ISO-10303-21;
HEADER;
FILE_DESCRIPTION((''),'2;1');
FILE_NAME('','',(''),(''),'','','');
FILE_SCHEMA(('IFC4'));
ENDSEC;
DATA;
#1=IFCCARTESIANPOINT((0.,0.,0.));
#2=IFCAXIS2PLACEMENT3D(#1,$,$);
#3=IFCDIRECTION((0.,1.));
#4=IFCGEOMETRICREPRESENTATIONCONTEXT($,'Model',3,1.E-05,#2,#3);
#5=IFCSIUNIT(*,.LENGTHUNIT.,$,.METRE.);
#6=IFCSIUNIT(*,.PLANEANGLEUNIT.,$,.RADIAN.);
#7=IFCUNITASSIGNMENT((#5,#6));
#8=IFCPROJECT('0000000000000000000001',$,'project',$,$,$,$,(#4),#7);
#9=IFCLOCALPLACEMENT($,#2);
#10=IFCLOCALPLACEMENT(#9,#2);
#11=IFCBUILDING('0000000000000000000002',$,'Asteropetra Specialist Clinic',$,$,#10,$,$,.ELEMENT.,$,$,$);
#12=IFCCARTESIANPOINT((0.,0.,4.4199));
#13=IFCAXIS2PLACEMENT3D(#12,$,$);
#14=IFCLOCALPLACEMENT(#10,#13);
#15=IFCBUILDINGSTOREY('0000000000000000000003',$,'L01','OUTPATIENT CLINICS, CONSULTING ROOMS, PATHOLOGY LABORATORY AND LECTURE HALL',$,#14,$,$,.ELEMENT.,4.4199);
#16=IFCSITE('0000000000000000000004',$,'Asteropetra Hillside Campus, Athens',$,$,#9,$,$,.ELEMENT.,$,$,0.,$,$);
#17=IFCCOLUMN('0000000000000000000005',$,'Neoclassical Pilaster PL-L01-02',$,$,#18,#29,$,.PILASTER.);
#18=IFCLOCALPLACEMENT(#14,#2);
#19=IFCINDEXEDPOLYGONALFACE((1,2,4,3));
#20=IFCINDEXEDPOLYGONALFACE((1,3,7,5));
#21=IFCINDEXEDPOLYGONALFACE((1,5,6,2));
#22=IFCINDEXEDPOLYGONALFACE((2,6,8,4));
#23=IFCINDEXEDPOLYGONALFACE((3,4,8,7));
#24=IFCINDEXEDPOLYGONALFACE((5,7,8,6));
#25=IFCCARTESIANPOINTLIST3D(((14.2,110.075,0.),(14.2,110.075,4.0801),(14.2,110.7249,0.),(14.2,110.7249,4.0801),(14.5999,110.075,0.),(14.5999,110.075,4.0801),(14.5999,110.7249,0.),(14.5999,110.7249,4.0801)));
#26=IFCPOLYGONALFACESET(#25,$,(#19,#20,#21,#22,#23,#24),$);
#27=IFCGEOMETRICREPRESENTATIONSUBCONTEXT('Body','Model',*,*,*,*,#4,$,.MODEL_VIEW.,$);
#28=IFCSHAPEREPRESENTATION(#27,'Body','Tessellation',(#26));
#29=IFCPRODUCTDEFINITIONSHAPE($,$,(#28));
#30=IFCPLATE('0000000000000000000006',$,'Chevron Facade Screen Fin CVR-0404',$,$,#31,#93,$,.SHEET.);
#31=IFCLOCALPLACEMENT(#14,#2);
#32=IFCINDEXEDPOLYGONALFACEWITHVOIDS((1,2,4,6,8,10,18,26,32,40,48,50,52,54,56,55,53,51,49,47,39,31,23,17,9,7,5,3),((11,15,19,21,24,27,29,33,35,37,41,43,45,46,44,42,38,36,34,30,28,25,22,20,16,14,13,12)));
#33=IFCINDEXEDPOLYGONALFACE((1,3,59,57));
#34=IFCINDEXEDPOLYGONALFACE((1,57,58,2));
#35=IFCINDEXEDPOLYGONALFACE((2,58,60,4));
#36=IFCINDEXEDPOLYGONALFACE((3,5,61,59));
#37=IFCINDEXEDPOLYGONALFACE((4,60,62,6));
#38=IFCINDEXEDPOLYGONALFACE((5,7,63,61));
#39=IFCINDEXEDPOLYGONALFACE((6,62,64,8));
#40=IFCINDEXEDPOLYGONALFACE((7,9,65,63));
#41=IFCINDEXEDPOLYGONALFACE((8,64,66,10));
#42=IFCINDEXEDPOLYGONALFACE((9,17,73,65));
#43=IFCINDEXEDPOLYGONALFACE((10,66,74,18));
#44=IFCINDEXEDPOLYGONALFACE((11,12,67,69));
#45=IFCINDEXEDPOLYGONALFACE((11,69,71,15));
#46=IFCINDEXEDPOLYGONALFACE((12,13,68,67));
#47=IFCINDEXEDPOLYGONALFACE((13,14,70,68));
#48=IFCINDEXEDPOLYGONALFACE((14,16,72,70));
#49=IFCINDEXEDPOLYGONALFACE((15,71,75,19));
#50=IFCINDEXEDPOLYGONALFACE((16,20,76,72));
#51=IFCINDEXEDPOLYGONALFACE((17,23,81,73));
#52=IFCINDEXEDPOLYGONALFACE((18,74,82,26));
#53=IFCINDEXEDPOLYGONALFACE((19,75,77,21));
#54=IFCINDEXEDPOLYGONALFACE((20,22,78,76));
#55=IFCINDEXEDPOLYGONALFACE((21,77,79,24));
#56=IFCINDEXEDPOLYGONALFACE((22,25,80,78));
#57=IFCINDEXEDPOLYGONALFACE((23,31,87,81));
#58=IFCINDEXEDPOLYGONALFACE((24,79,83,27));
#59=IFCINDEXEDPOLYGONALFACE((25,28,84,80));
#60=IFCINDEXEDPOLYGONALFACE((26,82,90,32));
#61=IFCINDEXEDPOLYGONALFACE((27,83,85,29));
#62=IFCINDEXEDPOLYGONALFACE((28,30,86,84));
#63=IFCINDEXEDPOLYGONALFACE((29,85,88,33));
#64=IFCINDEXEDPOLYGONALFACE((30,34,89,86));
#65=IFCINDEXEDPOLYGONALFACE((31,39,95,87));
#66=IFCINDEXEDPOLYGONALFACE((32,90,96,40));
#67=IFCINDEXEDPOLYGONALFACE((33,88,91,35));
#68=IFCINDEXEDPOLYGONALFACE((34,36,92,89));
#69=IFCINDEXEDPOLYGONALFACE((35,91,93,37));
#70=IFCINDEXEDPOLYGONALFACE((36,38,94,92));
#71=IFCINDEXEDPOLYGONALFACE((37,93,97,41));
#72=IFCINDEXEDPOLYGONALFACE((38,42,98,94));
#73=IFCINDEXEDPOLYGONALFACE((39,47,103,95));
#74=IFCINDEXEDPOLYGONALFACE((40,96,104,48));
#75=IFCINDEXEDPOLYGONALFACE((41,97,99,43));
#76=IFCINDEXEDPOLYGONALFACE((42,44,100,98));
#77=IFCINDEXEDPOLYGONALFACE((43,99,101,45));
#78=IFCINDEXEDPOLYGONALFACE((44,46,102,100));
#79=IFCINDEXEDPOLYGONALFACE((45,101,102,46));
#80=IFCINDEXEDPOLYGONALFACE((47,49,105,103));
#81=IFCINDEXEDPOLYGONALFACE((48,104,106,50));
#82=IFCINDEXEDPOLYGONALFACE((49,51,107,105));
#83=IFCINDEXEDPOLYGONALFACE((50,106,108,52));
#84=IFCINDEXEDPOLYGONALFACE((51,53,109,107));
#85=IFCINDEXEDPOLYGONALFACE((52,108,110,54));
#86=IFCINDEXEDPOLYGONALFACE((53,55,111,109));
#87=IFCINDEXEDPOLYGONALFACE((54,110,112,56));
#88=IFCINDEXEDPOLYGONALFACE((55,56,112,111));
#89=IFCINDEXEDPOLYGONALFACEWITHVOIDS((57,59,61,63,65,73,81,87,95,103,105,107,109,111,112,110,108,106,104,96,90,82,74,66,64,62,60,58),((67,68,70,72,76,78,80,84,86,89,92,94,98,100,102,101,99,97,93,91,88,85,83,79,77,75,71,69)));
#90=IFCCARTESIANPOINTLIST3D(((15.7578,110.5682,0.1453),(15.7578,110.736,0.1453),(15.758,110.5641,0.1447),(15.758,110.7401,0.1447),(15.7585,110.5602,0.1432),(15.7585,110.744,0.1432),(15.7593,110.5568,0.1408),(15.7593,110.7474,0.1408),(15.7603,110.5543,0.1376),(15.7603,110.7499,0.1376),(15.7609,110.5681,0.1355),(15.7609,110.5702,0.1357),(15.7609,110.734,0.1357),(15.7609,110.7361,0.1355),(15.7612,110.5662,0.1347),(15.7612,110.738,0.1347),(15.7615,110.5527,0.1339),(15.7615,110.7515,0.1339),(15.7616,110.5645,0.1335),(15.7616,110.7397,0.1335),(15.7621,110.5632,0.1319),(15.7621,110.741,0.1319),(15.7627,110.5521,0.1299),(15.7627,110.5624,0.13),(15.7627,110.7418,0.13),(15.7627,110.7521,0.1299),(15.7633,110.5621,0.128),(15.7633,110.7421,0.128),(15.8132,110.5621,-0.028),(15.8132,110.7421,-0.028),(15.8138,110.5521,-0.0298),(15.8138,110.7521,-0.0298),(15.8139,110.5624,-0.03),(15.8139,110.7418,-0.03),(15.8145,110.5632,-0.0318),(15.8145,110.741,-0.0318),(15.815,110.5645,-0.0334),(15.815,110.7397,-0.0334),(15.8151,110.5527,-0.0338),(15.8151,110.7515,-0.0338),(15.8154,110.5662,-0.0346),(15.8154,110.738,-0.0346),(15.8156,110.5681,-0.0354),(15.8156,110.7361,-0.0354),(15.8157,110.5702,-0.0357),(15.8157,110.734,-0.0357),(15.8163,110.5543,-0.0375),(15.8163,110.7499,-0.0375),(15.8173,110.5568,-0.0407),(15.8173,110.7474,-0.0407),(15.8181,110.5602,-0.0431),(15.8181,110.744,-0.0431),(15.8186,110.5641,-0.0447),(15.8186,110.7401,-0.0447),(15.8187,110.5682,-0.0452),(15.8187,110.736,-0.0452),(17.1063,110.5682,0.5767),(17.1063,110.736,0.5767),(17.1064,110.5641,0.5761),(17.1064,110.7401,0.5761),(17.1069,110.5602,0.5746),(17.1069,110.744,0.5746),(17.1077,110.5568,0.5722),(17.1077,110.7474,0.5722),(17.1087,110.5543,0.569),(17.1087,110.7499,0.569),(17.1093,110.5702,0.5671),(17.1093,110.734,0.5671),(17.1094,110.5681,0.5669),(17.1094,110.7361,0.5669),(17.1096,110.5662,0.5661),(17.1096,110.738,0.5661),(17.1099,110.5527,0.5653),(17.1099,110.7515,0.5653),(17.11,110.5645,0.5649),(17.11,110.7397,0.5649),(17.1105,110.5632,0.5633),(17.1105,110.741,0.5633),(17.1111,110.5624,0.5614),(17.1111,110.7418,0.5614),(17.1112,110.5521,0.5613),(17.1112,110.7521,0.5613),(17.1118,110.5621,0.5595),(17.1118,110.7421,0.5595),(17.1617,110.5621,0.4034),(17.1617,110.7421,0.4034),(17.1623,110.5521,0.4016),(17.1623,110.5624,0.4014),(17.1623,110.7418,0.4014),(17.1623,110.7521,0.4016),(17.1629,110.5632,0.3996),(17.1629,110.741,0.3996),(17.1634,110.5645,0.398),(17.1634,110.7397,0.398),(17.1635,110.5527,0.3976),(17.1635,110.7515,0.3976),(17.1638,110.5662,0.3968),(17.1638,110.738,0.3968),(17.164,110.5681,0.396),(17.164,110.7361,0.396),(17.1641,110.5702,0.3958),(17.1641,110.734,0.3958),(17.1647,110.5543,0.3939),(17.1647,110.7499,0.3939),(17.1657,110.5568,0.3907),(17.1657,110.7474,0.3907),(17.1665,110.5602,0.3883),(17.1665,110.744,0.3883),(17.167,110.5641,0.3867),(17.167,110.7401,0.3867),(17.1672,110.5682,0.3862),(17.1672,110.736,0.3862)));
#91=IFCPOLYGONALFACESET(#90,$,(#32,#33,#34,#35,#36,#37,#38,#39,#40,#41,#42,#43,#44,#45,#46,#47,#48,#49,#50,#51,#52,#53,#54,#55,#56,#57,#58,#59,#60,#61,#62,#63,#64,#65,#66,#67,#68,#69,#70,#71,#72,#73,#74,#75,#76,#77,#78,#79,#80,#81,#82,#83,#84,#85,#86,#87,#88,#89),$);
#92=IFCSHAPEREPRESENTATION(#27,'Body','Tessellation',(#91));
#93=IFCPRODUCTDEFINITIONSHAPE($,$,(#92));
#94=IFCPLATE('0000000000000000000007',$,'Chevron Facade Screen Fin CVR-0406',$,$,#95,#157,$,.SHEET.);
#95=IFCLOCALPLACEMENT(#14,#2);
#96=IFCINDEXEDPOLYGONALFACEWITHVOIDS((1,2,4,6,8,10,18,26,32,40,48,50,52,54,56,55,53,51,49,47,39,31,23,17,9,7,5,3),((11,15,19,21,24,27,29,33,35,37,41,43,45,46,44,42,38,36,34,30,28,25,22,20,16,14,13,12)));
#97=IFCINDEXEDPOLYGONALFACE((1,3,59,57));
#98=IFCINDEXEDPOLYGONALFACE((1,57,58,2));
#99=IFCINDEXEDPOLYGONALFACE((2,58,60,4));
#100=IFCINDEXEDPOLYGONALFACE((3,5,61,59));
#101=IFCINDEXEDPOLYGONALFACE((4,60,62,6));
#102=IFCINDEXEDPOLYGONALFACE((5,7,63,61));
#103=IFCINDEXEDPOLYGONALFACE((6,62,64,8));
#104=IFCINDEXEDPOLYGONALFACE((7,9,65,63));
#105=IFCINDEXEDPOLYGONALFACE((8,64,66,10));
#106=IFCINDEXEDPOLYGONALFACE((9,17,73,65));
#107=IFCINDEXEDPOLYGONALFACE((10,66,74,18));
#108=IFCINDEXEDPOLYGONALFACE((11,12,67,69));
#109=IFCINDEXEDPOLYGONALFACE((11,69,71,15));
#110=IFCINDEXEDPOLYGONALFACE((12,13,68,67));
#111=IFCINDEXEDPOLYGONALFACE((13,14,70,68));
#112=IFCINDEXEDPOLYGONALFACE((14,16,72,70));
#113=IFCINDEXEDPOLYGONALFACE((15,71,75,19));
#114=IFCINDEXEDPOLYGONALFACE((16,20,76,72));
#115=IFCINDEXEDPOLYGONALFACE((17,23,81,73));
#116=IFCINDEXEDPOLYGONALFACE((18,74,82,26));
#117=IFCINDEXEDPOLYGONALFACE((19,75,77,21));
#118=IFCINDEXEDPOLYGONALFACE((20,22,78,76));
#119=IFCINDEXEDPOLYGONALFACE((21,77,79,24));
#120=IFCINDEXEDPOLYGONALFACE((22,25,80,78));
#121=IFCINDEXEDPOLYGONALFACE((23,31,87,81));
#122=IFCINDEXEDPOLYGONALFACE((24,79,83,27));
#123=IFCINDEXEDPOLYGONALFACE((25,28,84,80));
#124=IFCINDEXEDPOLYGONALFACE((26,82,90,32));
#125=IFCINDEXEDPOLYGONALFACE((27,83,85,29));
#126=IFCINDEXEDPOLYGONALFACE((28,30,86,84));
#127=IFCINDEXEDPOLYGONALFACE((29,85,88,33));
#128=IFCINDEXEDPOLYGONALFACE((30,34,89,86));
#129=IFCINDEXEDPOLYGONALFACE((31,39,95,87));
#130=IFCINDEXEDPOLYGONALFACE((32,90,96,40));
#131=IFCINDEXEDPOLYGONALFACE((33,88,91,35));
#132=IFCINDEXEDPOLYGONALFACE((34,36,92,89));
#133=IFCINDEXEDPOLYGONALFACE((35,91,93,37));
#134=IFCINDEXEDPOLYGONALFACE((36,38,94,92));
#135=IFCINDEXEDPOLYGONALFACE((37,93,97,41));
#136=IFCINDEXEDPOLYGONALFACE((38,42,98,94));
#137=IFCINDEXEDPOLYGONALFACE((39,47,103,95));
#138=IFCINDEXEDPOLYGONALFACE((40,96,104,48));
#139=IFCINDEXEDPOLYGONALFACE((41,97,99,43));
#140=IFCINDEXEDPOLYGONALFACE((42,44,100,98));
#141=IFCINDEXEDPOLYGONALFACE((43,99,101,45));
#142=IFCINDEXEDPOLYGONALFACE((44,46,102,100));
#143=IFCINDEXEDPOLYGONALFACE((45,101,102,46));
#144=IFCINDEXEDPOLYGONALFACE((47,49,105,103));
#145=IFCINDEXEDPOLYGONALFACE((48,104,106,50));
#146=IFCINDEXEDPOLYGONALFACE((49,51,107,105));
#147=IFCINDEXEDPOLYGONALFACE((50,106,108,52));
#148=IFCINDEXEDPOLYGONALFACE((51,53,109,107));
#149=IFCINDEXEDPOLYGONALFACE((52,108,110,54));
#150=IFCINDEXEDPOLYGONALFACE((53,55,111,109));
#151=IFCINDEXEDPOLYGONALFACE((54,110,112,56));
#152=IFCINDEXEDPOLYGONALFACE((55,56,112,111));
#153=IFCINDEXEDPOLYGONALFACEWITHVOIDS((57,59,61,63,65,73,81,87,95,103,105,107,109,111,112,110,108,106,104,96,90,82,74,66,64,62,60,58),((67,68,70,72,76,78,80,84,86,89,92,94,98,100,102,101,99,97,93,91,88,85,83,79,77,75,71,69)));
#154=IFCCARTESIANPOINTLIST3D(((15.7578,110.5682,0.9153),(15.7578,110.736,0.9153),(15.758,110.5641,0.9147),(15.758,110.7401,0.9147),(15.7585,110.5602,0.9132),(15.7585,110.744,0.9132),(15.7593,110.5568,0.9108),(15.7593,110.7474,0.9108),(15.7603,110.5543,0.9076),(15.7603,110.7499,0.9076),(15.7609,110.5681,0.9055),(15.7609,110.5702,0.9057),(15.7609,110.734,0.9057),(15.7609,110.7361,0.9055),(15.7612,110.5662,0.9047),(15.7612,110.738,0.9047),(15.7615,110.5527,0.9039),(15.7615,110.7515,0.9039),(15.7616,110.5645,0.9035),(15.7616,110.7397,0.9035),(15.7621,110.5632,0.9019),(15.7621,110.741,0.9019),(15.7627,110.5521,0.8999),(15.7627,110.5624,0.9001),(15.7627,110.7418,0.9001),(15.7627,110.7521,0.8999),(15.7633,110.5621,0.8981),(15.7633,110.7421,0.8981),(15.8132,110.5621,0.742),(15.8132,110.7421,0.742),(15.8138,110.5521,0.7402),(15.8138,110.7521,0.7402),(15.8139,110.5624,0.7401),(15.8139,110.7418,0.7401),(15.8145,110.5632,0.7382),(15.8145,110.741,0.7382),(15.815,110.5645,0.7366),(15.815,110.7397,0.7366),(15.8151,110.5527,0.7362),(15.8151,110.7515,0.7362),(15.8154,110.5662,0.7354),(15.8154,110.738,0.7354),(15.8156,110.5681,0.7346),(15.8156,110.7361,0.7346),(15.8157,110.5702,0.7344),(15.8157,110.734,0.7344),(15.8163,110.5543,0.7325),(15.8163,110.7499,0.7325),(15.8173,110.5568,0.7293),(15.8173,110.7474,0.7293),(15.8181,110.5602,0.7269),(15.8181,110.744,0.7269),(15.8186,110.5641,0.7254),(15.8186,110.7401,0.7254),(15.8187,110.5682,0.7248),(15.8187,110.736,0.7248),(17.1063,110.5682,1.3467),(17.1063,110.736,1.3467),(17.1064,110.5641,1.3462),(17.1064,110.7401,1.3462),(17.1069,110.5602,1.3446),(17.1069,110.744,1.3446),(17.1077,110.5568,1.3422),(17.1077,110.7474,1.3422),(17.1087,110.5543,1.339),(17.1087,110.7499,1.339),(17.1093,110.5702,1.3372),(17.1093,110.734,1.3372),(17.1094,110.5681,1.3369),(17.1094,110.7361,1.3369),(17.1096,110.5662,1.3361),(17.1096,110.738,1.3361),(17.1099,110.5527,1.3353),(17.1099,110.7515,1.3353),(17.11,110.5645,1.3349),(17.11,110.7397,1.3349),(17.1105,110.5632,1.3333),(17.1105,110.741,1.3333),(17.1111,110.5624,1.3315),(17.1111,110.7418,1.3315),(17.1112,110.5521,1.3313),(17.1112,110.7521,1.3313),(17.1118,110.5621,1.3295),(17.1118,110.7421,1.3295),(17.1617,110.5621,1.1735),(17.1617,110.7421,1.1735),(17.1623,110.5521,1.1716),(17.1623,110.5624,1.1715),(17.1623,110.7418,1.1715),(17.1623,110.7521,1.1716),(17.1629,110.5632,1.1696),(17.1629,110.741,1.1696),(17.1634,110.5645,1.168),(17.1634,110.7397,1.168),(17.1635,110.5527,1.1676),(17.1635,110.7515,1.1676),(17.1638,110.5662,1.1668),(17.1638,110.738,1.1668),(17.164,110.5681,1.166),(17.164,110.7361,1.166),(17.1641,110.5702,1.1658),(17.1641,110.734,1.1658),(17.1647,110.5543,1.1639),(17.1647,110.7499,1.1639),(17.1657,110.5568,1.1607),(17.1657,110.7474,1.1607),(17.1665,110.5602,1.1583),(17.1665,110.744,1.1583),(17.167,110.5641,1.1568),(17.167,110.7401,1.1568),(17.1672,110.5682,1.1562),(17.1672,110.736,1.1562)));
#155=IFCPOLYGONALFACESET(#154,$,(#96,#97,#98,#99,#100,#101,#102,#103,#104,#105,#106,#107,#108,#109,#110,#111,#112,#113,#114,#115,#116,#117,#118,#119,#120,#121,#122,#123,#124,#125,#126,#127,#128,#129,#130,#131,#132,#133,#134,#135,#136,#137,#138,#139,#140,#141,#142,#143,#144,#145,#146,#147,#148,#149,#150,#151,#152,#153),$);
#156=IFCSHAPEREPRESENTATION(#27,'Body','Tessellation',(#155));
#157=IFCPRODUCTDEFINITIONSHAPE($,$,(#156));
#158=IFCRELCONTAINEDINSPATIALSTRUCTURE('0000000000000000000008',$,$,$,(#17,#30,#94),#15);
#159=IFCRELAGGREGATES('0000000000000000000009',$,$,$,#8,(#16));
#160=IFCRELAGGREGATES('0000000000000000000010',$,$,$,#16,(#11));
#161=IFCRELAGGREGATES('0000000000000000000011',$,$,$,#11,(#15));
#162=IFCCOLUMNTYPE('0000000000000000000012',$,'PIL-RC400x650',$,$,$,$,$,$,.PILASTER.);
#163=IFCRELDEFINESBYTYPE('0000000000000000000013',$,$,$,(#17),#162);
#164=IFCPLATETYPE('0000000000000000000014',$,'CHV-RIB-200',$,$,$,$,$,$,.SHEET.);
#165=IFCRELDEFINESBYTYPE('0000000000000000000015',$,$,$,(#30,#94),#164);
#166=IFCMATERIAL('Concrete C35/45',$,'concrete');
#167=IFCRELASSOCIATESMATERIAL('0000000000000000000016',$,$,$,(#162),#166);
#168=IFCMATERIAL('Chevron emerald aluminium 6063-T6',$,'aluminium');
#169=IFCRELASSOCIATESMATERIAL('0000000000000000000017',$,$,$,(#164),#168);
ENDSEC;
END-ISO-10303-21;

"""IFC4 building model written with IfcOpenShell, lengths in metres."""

from ifc_helpers import new_model, si_unit, direction, frame, origin, origin_2d, place, context, subcontext, project, spatial, rectangle, hollow_rectangle, extrude, material, material_profile, profile_set, type_object, element, save


model = new_model("IFC4")

# Units and contexts
model_context = context("Model", 3, precision=1e-05, world=origin(), true_north=direction((0.0, 1.0)))
body_context = subcontext(model_context, "Body", "Model", "MODEL_VIEW")
ifc_project = project(units=[si_unit("LENGTHUNIT", "METRE"), si_unit("PLANEANGLEUNIT", "RADIAN")], contexts=[model_context])

# Site, building, storey
site_placement = place(None, origin())
site = spatial("IfcSite", under=ifc_project, at=site_placement, Name="Asteropetra Hillside Campus, Athens", CompositionType="ELEMENT", RefElevation=0.0)
building_placement = place(site_placement, origin())
building = spatial("IfcBuilding", under=site, at=building_placement, Name="Asteropetra Specialist Clinic", CompositionType="ELEMENT")
storey_placement = place(building_placement, frame((0.0, 0.0, 4.4199)))
storey = spatial("IfcBuildingStorey", under=building, at=storey_placement, Name="L01", Description="OUTPATIENT CLINICS, CONSULTING ROOMS, PATHOLOGY LABORATORY AND LECTURE HALL", CompositionType="ELEMENT", Elevation=4.4199)

# Column
ifc_material_1 = material(Name="Concrete C35/45", Category="concrete")
ifc_material_profile_1 = material_profile(ifc_material_1, rectangle(XDim=0.3999, YDim=0.6499, at=origin_2d()), Name="PIL 400x650")
ifc_profile_set_1 = profile_set([ifc_material_profile_1], Name="Concrete C35/45")
column_type = type_object("IfcColumnType", Name="PIL-RC400x650", PredefinedType="PILASTER", material=ifc_profile_set_1)
column_placement = place(storey_placement, frame((14.3999, 110.3999, 0.0), z_axis=(0.0, 0.0, 1.0), x_axis=(1.0, 0.0, 0.0)))
element("IfcColumn", 1, at=column_placement, inside=storey, type_object=column_type, Name="Neoclassical Pilaster PL-L01-02", PredefinedType="PILASTER", context=body_context, shape_type="SweptSolid", body=[
    extrude(rectangle(XDim=0.3999, YDim=0.6499, at=origin_2d()), origin(), (0.0, 0.0, 1.0), 4.0801),
])

# Plates
ifc_material_2 = material(Name="Chevron emerald aluminium 6063-T6", Category="aluminium")
ifc_material_profile_2 = material_profile(ifc_material_2, hollow_rectangle(XDim=0.2, YDim=0.2, WallThickness=0.01, InnerFilletRadius=0.0081, OuterFilletRadius=0.0161, at=origin_2d()), Name="SHS 200x200x10.0")
ifc_profile_set_2 = profile_set([ifc_material_profile_2], Name="Chevron emerald aluminium 6063-T6")
plate_type_1 = type_object("IfcPlateType", Name="CHV-RIB-200", PredefinedType="SHEET", material=ifc_profile_set_2)
for number, where, z_axis, x_axis, name in (
    (2, (17.1367, 110.6521, 0.4814), (-0.952442, 0.0, -0.304719), (0.0, -1.0, 0.0), "Chevron Facade Screen Fin CVR-0404"),
    (3, (17.1367, 110.6521, 1.2515), (-0.952442, 0.0, -0.304719), (0.0, -1.0, 0.0), "Chevron Facade Screen Fin CVR-0406"),
):
    element("IfcPlate", number, at=place(storey_placement, frame(where, z_axis=z_axis, x_axis=x_axis)), inside=storey, type_object=plate_type_1, Name=name, PredefinedType="SHEET", context=body_context, shape_type="SweptSolid", body=[
        extrude(hollow_rectangle(XDim=0.2, YDim=0.2, WallThickness=0.01, InnerFilletRadius=0.0081, OuterFilletRadius=0.0161, at=origin_2d()), origin(), (0.0, 0.0, 1.0), 1.4158),
    ])

save(model, "model.ifc")
